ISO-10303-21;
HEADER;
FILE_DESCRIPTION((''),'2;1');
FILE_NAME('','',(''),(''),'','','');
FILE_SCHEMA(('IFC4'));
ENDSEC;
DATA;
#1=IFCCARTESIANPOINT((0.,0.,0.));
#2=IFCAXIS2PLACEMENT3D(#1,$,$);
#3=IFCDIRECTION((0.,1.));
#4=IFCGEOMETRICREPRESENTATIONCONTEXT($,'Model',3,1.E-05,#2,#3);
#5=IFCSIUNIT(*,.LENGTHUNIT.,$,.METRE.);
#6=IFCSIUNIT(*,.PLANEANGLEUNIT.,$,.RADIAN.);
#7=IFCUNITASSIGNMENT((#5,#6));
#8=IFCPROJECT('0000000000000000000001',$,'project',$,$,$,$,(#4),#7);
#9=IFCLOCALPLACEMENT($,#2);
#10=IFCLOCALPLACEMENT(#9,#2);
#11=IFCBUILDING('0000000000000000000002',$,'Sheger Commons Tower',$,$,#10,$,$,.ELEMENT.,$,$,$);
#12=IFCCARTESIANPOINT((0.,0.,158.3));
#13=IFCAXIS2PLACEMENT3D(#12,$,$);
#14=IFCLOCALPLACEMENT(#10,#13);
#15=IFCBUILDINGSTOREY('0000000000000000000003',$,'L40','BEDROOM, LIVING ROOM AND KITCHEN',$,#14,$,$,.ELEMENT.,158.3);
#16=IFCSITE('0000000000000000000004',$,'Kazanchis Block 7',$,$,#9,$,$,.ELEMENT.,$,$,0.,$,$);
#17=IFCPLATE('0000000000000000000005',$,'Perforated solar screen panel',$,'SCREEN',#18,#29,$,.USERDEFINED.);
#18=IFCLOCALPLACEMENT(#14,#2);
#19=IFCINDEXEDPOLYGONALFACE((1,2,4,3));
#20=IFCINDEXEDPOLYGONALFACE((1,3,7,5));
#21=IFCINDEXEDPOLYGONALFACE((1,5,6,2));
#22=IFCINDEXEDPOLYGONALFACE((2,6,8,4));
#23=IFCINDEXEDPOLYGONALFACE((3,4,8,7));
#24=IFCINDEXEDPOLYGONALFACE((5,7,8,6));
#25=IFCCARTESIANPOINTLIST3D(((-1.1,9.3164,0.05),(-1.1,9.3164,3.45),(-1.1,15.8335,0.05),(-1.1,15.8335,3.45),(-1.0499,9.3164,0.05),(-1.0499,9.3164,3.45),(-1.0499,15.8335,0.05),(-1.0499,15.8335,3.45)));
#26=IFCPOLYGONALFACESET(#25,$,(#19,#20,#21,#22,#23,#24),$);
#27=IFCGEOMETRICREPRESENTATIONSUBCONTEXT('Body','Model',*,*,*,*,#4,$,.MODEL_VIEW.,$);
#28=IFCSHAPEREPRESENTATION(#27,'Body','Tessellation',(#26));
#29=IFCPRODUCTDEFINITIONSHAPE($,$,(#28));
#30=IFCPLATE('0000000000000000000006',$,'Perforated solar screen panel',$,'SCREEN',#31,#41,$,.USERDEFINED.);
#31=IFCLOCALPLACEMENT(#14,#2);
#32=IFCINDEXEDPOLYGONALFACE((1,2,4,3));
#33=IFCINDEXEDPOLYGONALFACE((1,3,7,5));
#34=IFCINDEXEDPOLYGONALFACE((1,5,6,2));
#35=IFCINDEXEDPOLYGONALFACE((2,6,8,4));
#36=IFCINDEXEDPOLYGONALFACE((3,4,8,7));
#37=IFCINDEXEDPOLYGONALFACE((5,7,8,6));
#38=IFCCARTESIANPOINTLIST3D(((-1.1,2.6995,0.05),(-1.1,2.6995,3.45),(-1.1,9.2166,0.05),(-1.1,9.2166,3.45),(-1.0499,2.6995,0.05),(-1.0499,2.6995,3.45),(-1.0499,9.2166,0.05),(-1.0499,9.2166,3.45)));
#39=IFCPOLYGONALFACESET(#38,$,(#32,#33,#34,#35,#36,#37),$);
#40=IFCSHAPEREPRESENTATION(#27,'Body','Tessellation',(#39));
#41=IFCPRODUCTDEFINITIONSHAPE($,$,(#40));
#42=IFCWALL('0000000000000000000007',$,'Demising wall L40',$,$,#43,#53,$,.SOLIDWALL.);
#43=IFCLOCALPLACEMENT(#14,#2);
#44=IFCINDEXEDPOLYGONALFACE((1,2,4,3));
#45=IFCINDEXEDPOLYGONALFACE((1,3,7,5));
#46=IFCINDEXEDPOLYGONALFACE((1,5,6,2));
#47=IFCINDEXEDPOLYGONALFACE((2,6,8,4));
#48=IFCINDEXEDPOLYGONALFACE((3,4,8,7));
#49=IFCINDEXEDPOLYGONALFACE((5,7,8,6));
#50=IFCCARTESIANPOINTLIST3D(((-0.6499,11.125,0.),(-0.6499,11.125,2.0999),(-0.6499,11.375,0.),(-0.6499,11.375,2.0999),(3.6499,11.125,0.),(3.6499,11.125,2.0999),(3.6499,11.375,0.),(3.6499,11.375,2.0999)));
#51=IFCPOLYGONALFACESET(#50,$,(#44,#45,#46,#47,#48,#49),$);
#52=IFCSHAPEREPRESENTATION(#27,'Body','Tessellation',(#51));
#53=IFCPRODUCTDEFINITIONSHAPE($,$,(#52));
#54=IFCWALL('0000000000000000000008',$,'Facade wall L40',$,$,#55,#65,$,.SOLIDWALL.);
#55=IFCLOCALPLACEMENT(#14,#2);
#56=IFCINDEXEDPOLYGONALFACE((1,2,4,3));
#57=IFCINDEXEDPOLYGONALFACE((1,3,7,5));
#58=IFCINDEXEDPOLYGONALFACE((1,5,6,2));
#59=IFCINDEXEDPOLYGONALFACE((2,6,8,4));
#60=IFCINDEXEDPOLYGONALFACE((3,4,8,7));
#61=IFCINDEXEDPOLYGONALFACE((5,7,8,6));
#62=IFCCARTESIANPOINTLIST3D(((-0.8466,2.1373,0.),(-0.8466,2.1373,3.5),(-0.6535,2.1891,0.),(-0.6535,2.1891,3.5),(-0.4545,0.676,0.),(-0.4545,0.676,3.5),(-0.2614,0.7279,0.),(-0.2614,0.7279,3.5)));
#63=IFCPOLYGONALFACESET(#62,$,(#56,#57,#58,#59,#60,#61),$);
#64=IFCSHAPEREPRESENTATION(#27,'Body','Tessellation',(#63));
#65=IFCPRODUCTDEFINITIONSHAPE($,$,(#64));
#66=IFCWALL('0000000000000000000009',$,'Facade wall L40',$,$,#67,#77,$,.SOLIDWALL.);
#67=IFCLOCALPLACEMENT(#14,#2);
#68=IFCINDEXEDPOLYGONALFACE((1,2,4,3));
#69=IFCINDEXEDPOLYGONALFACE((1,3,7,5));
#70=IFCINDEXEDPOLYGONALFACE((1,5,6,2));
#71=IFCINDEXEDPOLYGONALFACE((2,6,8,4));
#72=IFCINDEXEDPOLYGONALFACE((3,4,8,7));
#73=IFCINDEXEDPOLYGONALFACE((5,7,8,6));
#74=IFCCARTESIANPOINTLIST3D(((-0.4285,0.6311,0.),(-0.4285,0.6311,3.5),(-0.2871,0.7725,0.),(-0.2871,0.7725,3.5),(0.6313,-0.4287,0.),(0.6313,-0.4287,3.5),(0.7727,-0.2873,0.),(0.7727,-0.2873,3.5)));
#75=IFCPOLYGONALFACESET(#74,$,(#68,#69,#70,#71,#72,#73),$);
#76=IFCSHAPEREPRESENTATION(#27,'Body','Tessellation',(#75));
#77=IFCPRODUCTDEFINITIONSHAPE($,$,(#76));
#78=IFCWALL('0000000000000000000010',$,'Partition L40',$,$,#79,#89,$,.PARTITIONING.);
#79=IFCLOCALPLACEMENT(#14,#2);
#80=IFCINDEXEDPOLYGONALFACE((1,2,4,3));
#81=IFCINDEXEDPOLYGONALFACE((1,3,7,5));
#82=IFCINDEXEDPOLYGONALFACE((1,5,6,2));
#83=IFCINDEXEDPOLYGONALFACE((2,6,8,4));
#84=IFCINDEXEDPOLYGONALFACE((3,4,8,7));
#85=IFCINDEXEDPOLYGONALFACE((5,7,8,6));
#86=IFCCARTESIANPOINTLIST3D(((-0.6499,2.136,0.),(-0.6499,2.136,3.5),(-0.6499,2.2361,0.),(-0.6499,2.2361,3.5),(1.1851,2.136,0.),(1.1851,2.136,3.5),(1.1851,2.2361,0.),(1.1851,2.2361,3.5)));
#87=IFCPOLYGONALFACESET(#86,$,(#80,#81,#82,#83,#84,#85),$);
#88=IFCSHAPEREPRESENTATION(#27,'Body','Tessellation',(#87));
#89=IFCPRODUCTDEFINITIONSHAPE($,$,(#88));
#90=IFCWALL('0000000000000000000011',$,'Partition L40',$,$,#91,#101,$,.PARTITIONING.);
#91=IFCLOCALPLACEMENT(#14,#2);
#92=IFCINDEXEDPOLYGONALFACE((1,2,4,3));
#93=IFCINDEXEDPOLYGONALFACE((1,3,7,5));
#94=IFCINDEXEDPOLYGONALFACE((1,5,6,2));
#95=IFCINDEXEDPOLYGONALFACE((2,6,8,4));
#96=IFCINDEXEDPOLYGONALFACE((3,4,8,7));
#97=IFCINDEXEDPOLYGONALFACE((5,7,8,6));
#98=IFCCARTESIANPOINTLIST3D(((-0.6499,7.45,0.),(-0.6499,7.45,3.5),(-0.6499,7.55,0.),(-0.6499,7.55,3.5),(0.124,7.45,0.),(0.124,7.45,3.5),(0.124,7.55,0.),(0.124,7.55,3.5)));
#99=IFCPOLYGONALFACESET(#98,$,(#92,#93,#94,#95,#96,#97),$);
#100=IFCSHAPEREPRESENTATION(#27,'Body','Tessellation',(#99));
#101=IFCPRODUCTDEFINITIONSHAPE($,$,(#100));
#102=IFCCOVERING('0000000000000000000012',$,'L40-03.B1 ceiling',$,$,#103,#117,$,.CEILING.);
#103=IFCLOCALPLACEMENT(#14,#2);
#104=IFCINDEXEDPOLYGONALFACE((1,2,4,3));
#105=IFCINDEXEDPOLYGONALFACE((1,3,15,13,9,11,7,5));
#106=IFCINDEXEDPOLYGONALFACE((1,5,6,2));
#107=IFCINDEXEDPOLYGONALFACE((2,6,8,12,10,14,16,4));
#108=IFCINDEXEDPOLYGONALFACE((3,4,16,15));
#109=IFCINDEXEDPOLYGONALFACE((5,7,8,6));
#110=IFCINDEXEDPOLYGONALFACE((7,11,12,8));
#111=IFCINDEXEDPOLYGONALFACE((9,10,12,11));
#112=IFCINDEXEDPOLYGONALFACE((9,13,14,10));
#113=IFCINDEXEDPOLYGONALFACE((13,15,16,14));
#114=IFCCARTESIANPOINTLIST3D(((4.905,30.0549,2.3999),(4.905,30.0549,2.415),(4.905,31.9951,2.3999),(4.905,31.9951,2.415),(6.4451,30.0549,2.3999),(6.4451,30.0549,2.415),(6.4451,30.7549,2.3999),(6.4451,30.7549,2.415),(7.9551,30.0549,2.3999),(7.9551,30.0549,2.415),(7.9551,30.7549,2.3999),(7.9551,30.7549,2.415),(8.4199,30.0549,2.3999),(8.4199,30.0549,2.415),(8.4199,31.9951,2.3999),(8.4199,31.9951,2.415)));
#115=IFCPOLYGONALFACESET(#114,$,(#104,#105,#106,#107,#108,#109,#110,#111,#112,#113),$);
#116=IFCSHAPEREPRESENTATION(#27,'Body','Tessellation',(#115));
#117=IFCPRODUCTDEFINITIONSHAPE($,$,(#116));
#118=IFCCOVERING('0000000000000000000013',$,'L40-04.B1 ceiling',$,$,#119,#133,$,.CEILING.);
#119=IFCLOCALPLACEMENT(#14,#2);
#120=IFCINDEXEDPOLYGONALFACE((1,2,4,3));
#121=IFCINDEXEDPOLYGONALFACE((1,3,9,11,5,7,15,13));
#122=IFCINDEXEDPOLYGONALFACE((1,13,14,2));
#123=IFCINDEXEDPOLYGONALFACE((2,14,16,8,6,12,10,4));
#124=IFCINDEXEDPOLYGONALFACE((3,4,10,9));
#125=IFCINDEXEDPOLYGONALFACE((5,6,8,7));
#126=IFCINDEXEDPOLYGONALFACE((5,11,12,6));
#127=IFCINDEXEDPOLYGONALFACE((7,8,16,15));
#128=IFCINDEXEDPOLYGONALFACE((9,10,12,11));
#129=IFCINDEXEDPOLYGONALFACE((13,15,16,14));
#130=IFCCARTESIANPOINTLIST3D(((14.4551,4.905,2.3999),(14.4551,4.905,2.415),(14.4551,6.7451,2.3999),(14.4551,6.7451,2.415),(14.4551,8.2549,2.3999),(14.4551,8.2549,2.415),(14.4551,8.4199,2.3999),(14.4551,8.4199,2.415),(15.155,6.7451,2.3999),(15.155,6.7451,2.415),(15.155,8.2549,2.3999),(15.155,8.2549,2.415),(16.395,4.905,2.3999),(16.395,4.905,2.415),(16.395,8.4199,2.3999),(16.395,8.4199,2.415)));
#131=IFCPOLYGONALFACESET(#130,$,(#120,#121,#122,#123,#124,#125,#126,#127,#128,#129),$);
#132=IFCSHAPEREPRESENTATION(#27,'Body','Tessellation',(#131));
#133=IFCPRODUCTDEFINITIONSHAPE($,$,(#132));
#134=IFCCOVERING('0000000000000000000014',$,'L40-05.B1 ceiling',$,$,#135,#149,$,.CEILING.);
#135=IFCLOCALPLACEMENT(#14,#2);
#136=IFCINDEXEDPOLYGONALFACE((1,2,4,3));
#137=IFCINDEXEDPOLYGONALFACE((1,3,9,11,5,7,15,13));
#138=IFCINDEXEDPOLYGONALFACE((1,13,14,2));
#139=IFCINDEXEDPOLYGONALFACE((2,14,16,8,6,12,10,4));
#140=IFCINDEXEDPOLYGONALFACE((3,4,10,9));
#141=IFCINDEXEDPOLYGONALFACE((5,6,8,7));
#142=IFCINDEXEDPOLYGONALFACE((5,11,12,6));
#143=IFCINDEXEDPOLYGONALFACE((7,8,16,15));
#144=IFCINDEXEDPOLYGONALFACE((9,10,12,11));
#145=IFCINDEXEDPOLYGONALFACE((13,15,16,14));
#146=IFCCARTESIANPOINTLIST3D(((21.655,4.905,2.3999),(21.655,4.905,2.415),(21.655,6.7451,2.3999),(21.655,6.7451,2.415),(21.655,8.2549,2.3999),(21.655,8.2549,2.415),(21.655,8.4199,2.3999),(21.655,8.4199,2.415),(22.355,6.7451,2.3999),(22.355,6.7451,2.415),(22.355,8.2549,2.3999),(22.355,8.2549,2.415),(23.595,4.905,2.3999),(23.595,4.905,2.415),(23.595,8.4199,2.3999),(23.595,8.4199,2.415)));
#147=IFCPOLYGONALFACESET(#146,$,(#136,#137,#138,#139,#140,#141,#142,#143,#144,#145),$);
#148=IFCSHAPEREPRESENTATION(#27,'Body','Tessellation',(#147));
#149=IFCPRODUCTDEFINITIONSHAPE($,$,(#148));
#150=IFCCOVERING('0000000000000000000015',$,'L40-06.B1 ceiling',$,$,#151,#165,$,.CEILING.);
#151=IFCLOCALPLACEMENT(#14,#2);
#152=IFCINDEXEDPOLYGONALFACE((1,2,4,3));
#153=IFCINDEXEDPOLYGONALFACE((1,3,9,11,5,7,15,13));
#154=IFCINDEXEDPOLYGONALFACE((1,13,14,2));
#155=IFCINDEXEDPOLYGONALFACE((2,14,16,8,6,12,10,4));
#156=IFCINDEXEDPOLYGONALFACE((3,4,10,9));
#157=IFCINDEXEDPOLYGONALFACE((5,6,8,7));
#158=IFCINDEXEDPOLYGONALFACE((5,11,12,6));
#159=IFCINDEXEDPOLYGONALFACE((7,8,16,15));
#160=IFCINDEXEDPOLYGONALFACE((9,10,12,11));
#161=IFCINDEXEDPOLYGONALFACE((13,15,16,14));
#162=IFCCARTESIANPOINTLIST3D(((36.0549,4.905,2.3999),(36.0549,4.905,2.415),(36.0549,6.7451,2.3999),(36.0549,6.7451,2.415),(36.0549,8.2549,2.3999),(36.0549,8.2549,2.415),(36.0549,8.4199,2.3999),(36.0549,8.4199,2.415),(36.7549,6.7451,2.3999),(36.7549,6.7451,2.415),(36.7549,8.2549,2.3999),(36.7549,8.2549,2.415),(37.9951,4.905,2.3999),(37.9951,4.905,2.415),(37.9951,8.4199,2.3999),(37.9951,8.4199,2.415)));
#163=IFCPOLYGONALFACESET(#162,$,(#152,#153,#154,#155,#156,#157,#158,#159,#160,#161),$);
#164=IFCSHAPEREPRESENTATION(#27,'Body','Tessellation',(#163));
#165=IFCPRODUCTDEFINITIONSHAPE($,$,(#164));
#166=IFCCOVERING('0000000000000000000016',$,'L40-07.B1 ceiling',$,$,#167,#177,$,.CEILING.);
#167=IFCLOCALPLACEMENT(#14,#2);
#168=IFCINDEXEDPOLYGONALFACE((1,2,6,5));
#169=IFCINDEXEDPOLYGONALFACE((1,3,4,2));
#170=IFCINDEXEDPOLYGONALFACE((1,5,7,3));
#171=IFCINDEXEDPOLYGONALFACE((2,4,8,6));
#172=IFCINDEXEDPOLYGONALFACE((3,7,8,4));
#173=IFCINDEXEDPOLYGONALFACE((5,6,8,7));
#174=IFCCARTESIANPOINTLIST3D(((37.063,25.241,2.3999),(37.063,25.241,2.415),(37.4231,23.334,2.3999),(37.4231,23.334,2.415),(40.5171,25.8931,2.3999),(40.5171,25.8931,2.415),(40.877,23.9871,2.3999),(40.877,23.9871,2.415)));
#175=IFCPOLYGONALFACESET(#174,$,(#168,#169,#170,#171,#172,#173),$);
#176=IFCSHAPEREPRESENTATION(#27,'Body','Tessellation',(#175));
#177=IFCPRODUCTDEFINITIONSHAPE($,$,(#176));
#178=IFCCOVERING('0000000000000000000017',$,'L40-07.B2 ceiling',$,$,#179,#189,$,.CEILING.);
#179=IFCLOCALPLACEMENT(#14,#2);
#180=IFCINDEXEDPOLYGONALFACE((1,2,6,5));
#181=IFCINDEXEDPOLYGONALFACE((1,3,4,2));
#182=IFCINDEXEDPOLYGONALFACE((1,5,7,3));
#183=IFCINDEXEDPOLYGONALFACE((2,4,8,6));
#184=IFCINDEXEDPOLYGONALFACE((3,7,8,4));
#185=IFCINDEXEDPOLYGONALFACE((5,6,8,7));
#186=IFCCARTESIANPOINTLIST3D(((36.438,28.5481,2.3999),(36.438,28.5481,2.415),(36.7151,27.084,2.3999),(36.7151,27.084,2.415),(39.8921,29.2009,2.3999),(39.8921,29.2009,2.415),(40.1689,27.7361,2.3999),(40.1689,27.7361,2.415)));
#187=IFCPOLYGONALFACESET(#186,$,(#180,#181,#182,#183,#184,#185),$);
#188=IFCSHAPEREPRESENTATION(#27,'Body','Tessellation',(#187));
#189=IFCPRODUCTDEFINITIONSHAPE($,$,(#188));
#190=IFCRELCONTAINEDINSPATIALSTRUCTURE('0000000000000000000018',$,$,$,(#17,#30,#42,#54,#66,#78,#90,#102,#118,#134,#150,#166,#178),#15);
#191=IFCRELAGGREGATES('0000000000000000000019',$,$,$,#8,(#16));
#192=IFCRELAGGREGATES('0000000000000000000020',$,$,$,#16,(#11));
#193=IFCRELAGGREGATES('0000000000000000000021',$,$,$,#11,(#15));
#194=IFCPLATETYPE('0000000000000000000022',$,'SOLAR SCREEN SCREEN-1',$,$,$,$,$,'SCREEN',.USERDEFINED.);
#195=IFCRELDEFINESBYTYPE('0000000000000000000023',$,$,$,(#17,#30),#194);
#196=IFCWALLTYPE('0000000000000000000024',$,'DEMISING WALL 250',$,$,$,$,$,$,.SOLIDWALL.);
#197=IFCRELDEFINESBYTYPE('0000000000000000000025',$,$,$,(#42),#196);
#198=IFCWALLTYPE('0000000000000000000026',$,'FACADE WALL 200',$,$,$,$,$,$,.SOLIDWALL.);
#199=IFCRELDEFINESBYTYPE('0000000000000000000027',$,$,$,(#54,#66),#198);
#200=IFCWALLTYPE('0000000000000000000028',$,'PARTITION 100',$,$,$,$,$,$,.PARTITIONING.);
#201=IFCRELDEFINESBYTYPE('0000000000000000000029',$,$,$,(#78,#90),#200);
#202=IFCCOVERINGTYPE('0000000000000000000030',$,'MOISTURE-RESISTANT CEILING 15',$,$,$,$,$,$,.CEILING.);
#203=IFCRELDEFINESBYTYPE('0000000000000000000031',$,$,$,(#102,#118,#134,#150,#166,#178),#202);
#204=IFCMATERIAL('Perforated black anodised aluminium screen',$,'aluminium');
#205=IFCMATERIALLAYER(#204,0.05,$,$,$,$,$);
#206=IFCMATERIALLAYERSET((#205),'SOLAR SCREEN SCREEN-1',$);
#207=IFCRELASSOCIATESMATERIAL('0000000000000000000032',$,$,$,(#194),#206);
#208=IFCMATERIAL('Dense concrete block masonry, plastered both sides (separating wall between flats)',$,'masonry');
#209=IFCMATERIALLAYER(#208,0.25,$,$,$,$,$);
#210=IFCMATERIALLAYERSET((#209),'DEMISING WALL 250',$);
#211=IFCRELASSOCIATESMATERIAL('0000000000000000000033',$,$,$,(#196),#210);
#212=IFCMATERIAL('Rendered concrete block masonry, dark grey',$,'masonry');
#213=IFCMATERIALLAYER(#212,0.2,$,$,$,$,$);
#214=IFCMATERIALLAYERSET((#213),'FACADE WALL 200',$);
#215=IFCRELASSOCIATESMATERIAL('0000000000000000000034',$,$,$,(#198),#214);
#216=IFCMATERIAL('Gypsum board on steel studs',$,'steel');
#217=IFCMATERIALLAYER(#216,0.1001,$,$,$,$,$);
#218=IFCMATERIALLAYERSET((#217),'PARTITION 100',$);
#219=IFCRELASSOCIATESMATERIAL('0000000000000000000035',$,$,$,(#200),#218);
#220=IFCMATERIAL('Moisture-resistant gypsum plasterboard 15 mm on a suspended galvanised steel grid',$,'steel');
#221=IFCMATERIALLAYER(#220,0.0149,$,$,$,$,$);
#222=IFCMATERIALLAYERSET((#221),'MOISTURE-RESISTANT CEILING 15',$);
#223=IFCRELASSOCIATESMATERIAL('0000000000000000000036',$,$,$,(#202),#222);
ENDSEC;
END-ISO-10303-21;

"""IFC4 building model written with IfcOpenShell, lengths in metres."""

from ifc_helpers import new_model, si_unit, direction, frame, frame_2d, origin, origin_2d, place, context, subcontext, project, spatial, polyline, rectangle, outline, extrude, material, layer, layer_set, type_object, element, save


model = new_model("IFC4")

# Units and contexts
model_context = context("Model", 3, precision=1e-05, world=origin(), true_north=direction((0.0, 1.0)))
body_context = subcontext(model_context, "Body", "Model", "MODEL_VIEW")
ifc_project = project(units=[si_unit("LENGTHUNIT", "METRE"), si_unit("PLANEANGLEUNIT", "RADIAN")], contexts=[model_context])

# Site, building, storey
site_placement = place(None, origin())
site = spatial("IfcSite", under=ifc_project, at=site_placement, Name="Kazanchis Block 7", CompositionType="ELEMENT", RefElevation=0.0)
building_placement = place(site_placement, origin())
building = spatial("IfcBuilding", under=site, at=building_placement, Name="Sheger Commons Tower", CompositionType="ELEMENT")
storey_placement = place(building_placement, frame((0.0, 0.0, 158.3)))
storey = spatial("IfcBuildingStorey", under=building, at=storey_placement, Name="L40", Description="BEDROOM, LIVING ROOM AND KITCHEN", CompositionType="ELEMENT", Elevation=158.3)

# Plates
ifc_material_1 = material(Name="Perforated black anodised aluminium screen", Category="aluminium")
ifc_layer_1 = layer(ifc_material_1, 0.05)
ifc_layer_set_1 = layer_set([ifc_layer_1], Name="SOLAR SCREEN SCREEN-1")
plate_type = type_object("IfcPlateType", Name="SOLAR SCREEN SCREEN-1", ElementType="SCREEN", PredefinedType="USERDEFINED", material=ifc_layer_set_1)
for number, where, z_axis, x_axis, name in (
    (1, (-1.075, 12.575, 0.05), (0.0, 0.0, 1.0), (0.0, -1.0, 0.0), "Perforated solar screen panel"),
    (2, (-1.075, 5.958, 0.05), (0.0, 0.0, 1.0), (0.0, -1.0, 0.0), "Perforated solar screen panel"),
):
    element("IfcPlate", number, at=place(storey_placement, frame(where, z_axis=z_axis, x_axis=x_axis)), inside=storey, type_object=plate_type, Name=name, ObjectType="SCREEN", PredefinedType="USERDEFINED", context=body_context, shape_type="SweptSolid", body=[
        extrude(rectangle(XDim=6.5171, YDim=0.05, at=origin_2d()), origin(), (0.0, 0.0, 1.0), 3.3999),
    ])

# Walls
ifc_material_2 = material(Name="Dense concrete block masonry, plastered both sides (separating wall between flats)", Category="masonry")
ifc_layer_2 = layer(ifc_material_2, 0.25)
ifc_layer_set_2 = layer_set([ifc_layer_2], Name="DEMISING WALL 250")
wall_type_1 = type_object("IfcWallType", Name="DEMISING WALL 250", PredefinedType="SOLIDWALL", material=ifc_layer_set_2)
wall_1_placement = place(storey_placement, frame((-0.6499, 11.25, 0.0), z_axis=(0.0, 0.0, 1.0), x_axis=(1.0, 0.0, 0.0)))
element("IfcWall", 3, at=wall_1_placement, inside=storey, type_object=wall_type_1, Name="Demising wall L40", PredefinedType="SOLIDWALL", context=body_context, shape_type="SweptSolid", body=[
    extrude(rectangle(XDim=4.2998, YDim=0.25, at=frame_2d((2.1499, 0.0))), origin(), (0.0, 0.0, 1.0), 2.0999),
])
ifc_material_3 = material(Name="Rendered concrete block masonry, dark grey", Category="masonry")
ifc_layer_3 = layer(ifc_material_3, 0.2)
ifc_layer_set_3 = layer_set([ifc_layer_3], Name="FACADE WALL 200")
wall_type_2 = type_object("IfcWallType", Name="FACADE WALL 200", PredefinedType="SOLIDWALL", material=ifc_layer_set_3)
wall_2_placement = place(storey_placement, frame((-0.75, 2.1631, 0.0), z_axis=(0.0, 0.0, 1.0), x_axis=(0.259169, -0.965832, 0.0)))
element("IfcWall", 4, at=wall_2_placement, inside=storey, type_object=wall_type_2, Name="Facade wall L40", PredefinedType="SOLIDWALL", context=body_context, shape_type="SweptSolid", body=[
    extrude(rectangle(XDim=1.5129, YDim=0.2, at=frame_2d((0.7563, 0.0))), origin(), (0.0, 0.0, 1.0), 3.5),
])
wall_3_placement = place(storey_placement, frame((-0.3579, 0.7019, 0.0), z_axis=(0.0, 0.0, 1.0), x_axis=(0.707107, -0.707107, 0.0)))
element("IfcWall", 5, at=wall_3_placement, inside=storey, type_object=wall_type_2, Name="Facade wall L40", PredefinedType="SOLIDWALL", context=body_context, shape_type="SweptSolid", body=[
    extrude(rectangle(XDim=1.4988, YDim=0.2, at=frame_2d((0.7495, 0.0))), origin(), (0.0, 0.0, 1.0), 3.5),
])
ifc_material_4 = material(Name="Gypsum board on steel studs", Category="steel")
ifc_layer_4 = layer(ifc_material_4, 0.1001)
ifc_layer_set_4 = layer_set([ifc_layer_4], Name="PARTITION 100")
wall_type_3 = type_object("IfcWallType", Name="PARTITION 100", PredefinedType="PARTITIONING", material=ifc_layer_set_4)
wall_4_placement = place(storey_placement, frame((-0.6499, 2.186, 0.0), z_axis=(0.0, 0.0, 1.0), x_axis=(1.0, 0.0, 0.0)))
element("IfcWall", 6, at=wall_4_placement, inside=storey, type_object=wall_type_3, Name="Partition L40", PredefinedType="PARTITIONING", context=body_context, shape_type="SweptSolid", body=[
    extrude(rectangle(XDim=1.835, YDim=0.1001, at=frame_2d((0.9175, 0.0))), origin(), (0.0, 0.0, 1.0), 3.5),
])
wall_5_placement = place(storey_placement, frame((-0.6499, 7.5, 0.0), z_axis=(0.0, 0.0, 1.0), x_axis=(1.0, 0.0, 0.0)))
element("IfcWall", 7, at=wall_5_placement, inside=storey, type_object=wall_type_3, Name="Partition L40", PredefinedType="PARTITIONING", context=body_context, shape_type="SweptSolid", body=[
    extrude(rectangle(XDim=0.7739, YDim=0.1001, at=frame_2d((0.387, 0.0))), origin(), (0.0, 0.0, 1.0), 3.5),
])

# Coverings
ifc_material_5 = material(Name="Moisture-resistant gypsum plasterboard 15 mm on a suspended galvanised steel grid", Category="steel")
ifc_layer_5 = layer(ifc_material_5, 0.0149)
ifc_layer_set_5 = layer_set([ifc_layer_5], Name="MOISTURE-RESISTANT CEILING 15")
covering_type_1 = type_object("IfcCoveringType", Name="MOISTURE-RESISTANT CEILING 15", PredefinedType="CEILING", material=ifc_layer_set_5)
covering_1_placement = place(storey_placement, frame((0.0, 0.0, 2.3999)))
element("IfcCovering", 8, at=covering_1_placement, inside=storey, type_object=covering_type_1, Name="L40-03.B1 ceiling", PredefinedType="CEILING", context=body_context, shape_type="SweptSolid", body=[
    extrude(outline(polyline([(4.905, 30.0549), (6.4451, 30.0549), (6.4451, 30.7549), (7.9551, 30.7549), (7.9551, 30.0549), (8.4199, 30.0549), (8.4199, 31.9951), (4.905, 31.9951), (4.905, 30.0549)])), origin(), (0.0, 0.0, 1.0), 0.0151),
])
covering_2_placement = place(storey_placement, frame((0.0, 0.0, 2.3999)))
element("IfcCovering", 9, at=covering_2_placement, inside=storey, type_object=covering_type_1, Name="L40-04.B1 ceiling", PredefinedType="CEILING", context=body_context, shape_type="SweptSolid", body=[
    extrude(outline(polyline([(14.4551, 4.905), (16.395, 4.905), (16.395, 8.4199), (14.4551, 8.4199), (14.4551, 8.2549), (15.155, 8.2549), (15.155, 6.7451), (14.4551, 6.7451), (14.4551, 4.905)])), origin(), (0.0, 0.0, 1.0), 0.0151),
])
covering_3_placement = place(storey_placement, frame((0.0, 0.0, 2.3999)))
element("IfcCovering", 10, at=covering_3_placement, inside=storey, type_object=covering_type_1, Name="L40-05.B1 ceiling", PredefinedType="CEILING", context=body_context, shape_type="SweptSolid", body=[
    extrude(outline(polyline([(21.655, 4.905), (23.595, 4.905), (23.595, 8.4199), (21.655, 8.4199), (21.655, 8.2549), (22.355, 8.2549), (22.355, 6.7451), (21.655, 6.7451), (21.655, 4.905)])), origin(), (0.0, 0.0, 1.0), 0.0151),
])
covering_4_placement = place(storey_placement, frame((0.0, 0.0, 2.3999)))
element("IfcCovering", 11, at=covering_4_placement, inside=storey, type_object=covering_type_1, Name="L40-06.B1 ceiling", PredefinedType="CEILING", context=body_context, shape_type="SweptSolid", body=[
    extrude(outline(polyline([(36.0549, 4.905), (37.9951, 4.905), (37.9951, 8.4199), (36.0549, 8.4199), (36.0549, 8.2549), (36.7549, 8.2549), (36.7549, 6.7451), (36.0549, 6.7451), (36.0549, 4.905)])), origin(), (0.0, 0.0, 1.0), 0.0151),
])
covering_5_placement = place(storey_placement, frame((0.0, 0.0, 2.3999)))
element("IfcCovering", 12, at=covering_5_placement, inside=storey, type_object=covering_type_1, Name="L40-07.B1 ceiling", PredefinedType="CEILING", context=body_context, shape_type="SweptSolid", body=[
    extrude(outline(polyline([(37.4231, 23.334), (40.877, 23.9871), (40.5171, 25.8931), (37.063, 25.241), (37.4231, 23.334)])), origin(), (0.0, 0.0, 1.0), 0.0151),
])
covering_6_placement = place(storey_placement, frame((0.0, 0.0, 2.3999)))
element("IfcCovering", 13, at=covering_6_placement, inside=storey, type_object=covering_type_1, Name="L40-07.B2 ceiling", PredefinedType="CEILING", context=body_context, shape_type="SweptSolid", body=[
    extrude(outline(polyline([(36.7151, 27.084), (40.1689, 27.7361), (39.8921, 29.2009), (36.438, 28.5481), (36.7151, 27.084)])), origin(), (0.0, 0.0, 1.0), 0.0151),
])

save(model, "model.ifc")
